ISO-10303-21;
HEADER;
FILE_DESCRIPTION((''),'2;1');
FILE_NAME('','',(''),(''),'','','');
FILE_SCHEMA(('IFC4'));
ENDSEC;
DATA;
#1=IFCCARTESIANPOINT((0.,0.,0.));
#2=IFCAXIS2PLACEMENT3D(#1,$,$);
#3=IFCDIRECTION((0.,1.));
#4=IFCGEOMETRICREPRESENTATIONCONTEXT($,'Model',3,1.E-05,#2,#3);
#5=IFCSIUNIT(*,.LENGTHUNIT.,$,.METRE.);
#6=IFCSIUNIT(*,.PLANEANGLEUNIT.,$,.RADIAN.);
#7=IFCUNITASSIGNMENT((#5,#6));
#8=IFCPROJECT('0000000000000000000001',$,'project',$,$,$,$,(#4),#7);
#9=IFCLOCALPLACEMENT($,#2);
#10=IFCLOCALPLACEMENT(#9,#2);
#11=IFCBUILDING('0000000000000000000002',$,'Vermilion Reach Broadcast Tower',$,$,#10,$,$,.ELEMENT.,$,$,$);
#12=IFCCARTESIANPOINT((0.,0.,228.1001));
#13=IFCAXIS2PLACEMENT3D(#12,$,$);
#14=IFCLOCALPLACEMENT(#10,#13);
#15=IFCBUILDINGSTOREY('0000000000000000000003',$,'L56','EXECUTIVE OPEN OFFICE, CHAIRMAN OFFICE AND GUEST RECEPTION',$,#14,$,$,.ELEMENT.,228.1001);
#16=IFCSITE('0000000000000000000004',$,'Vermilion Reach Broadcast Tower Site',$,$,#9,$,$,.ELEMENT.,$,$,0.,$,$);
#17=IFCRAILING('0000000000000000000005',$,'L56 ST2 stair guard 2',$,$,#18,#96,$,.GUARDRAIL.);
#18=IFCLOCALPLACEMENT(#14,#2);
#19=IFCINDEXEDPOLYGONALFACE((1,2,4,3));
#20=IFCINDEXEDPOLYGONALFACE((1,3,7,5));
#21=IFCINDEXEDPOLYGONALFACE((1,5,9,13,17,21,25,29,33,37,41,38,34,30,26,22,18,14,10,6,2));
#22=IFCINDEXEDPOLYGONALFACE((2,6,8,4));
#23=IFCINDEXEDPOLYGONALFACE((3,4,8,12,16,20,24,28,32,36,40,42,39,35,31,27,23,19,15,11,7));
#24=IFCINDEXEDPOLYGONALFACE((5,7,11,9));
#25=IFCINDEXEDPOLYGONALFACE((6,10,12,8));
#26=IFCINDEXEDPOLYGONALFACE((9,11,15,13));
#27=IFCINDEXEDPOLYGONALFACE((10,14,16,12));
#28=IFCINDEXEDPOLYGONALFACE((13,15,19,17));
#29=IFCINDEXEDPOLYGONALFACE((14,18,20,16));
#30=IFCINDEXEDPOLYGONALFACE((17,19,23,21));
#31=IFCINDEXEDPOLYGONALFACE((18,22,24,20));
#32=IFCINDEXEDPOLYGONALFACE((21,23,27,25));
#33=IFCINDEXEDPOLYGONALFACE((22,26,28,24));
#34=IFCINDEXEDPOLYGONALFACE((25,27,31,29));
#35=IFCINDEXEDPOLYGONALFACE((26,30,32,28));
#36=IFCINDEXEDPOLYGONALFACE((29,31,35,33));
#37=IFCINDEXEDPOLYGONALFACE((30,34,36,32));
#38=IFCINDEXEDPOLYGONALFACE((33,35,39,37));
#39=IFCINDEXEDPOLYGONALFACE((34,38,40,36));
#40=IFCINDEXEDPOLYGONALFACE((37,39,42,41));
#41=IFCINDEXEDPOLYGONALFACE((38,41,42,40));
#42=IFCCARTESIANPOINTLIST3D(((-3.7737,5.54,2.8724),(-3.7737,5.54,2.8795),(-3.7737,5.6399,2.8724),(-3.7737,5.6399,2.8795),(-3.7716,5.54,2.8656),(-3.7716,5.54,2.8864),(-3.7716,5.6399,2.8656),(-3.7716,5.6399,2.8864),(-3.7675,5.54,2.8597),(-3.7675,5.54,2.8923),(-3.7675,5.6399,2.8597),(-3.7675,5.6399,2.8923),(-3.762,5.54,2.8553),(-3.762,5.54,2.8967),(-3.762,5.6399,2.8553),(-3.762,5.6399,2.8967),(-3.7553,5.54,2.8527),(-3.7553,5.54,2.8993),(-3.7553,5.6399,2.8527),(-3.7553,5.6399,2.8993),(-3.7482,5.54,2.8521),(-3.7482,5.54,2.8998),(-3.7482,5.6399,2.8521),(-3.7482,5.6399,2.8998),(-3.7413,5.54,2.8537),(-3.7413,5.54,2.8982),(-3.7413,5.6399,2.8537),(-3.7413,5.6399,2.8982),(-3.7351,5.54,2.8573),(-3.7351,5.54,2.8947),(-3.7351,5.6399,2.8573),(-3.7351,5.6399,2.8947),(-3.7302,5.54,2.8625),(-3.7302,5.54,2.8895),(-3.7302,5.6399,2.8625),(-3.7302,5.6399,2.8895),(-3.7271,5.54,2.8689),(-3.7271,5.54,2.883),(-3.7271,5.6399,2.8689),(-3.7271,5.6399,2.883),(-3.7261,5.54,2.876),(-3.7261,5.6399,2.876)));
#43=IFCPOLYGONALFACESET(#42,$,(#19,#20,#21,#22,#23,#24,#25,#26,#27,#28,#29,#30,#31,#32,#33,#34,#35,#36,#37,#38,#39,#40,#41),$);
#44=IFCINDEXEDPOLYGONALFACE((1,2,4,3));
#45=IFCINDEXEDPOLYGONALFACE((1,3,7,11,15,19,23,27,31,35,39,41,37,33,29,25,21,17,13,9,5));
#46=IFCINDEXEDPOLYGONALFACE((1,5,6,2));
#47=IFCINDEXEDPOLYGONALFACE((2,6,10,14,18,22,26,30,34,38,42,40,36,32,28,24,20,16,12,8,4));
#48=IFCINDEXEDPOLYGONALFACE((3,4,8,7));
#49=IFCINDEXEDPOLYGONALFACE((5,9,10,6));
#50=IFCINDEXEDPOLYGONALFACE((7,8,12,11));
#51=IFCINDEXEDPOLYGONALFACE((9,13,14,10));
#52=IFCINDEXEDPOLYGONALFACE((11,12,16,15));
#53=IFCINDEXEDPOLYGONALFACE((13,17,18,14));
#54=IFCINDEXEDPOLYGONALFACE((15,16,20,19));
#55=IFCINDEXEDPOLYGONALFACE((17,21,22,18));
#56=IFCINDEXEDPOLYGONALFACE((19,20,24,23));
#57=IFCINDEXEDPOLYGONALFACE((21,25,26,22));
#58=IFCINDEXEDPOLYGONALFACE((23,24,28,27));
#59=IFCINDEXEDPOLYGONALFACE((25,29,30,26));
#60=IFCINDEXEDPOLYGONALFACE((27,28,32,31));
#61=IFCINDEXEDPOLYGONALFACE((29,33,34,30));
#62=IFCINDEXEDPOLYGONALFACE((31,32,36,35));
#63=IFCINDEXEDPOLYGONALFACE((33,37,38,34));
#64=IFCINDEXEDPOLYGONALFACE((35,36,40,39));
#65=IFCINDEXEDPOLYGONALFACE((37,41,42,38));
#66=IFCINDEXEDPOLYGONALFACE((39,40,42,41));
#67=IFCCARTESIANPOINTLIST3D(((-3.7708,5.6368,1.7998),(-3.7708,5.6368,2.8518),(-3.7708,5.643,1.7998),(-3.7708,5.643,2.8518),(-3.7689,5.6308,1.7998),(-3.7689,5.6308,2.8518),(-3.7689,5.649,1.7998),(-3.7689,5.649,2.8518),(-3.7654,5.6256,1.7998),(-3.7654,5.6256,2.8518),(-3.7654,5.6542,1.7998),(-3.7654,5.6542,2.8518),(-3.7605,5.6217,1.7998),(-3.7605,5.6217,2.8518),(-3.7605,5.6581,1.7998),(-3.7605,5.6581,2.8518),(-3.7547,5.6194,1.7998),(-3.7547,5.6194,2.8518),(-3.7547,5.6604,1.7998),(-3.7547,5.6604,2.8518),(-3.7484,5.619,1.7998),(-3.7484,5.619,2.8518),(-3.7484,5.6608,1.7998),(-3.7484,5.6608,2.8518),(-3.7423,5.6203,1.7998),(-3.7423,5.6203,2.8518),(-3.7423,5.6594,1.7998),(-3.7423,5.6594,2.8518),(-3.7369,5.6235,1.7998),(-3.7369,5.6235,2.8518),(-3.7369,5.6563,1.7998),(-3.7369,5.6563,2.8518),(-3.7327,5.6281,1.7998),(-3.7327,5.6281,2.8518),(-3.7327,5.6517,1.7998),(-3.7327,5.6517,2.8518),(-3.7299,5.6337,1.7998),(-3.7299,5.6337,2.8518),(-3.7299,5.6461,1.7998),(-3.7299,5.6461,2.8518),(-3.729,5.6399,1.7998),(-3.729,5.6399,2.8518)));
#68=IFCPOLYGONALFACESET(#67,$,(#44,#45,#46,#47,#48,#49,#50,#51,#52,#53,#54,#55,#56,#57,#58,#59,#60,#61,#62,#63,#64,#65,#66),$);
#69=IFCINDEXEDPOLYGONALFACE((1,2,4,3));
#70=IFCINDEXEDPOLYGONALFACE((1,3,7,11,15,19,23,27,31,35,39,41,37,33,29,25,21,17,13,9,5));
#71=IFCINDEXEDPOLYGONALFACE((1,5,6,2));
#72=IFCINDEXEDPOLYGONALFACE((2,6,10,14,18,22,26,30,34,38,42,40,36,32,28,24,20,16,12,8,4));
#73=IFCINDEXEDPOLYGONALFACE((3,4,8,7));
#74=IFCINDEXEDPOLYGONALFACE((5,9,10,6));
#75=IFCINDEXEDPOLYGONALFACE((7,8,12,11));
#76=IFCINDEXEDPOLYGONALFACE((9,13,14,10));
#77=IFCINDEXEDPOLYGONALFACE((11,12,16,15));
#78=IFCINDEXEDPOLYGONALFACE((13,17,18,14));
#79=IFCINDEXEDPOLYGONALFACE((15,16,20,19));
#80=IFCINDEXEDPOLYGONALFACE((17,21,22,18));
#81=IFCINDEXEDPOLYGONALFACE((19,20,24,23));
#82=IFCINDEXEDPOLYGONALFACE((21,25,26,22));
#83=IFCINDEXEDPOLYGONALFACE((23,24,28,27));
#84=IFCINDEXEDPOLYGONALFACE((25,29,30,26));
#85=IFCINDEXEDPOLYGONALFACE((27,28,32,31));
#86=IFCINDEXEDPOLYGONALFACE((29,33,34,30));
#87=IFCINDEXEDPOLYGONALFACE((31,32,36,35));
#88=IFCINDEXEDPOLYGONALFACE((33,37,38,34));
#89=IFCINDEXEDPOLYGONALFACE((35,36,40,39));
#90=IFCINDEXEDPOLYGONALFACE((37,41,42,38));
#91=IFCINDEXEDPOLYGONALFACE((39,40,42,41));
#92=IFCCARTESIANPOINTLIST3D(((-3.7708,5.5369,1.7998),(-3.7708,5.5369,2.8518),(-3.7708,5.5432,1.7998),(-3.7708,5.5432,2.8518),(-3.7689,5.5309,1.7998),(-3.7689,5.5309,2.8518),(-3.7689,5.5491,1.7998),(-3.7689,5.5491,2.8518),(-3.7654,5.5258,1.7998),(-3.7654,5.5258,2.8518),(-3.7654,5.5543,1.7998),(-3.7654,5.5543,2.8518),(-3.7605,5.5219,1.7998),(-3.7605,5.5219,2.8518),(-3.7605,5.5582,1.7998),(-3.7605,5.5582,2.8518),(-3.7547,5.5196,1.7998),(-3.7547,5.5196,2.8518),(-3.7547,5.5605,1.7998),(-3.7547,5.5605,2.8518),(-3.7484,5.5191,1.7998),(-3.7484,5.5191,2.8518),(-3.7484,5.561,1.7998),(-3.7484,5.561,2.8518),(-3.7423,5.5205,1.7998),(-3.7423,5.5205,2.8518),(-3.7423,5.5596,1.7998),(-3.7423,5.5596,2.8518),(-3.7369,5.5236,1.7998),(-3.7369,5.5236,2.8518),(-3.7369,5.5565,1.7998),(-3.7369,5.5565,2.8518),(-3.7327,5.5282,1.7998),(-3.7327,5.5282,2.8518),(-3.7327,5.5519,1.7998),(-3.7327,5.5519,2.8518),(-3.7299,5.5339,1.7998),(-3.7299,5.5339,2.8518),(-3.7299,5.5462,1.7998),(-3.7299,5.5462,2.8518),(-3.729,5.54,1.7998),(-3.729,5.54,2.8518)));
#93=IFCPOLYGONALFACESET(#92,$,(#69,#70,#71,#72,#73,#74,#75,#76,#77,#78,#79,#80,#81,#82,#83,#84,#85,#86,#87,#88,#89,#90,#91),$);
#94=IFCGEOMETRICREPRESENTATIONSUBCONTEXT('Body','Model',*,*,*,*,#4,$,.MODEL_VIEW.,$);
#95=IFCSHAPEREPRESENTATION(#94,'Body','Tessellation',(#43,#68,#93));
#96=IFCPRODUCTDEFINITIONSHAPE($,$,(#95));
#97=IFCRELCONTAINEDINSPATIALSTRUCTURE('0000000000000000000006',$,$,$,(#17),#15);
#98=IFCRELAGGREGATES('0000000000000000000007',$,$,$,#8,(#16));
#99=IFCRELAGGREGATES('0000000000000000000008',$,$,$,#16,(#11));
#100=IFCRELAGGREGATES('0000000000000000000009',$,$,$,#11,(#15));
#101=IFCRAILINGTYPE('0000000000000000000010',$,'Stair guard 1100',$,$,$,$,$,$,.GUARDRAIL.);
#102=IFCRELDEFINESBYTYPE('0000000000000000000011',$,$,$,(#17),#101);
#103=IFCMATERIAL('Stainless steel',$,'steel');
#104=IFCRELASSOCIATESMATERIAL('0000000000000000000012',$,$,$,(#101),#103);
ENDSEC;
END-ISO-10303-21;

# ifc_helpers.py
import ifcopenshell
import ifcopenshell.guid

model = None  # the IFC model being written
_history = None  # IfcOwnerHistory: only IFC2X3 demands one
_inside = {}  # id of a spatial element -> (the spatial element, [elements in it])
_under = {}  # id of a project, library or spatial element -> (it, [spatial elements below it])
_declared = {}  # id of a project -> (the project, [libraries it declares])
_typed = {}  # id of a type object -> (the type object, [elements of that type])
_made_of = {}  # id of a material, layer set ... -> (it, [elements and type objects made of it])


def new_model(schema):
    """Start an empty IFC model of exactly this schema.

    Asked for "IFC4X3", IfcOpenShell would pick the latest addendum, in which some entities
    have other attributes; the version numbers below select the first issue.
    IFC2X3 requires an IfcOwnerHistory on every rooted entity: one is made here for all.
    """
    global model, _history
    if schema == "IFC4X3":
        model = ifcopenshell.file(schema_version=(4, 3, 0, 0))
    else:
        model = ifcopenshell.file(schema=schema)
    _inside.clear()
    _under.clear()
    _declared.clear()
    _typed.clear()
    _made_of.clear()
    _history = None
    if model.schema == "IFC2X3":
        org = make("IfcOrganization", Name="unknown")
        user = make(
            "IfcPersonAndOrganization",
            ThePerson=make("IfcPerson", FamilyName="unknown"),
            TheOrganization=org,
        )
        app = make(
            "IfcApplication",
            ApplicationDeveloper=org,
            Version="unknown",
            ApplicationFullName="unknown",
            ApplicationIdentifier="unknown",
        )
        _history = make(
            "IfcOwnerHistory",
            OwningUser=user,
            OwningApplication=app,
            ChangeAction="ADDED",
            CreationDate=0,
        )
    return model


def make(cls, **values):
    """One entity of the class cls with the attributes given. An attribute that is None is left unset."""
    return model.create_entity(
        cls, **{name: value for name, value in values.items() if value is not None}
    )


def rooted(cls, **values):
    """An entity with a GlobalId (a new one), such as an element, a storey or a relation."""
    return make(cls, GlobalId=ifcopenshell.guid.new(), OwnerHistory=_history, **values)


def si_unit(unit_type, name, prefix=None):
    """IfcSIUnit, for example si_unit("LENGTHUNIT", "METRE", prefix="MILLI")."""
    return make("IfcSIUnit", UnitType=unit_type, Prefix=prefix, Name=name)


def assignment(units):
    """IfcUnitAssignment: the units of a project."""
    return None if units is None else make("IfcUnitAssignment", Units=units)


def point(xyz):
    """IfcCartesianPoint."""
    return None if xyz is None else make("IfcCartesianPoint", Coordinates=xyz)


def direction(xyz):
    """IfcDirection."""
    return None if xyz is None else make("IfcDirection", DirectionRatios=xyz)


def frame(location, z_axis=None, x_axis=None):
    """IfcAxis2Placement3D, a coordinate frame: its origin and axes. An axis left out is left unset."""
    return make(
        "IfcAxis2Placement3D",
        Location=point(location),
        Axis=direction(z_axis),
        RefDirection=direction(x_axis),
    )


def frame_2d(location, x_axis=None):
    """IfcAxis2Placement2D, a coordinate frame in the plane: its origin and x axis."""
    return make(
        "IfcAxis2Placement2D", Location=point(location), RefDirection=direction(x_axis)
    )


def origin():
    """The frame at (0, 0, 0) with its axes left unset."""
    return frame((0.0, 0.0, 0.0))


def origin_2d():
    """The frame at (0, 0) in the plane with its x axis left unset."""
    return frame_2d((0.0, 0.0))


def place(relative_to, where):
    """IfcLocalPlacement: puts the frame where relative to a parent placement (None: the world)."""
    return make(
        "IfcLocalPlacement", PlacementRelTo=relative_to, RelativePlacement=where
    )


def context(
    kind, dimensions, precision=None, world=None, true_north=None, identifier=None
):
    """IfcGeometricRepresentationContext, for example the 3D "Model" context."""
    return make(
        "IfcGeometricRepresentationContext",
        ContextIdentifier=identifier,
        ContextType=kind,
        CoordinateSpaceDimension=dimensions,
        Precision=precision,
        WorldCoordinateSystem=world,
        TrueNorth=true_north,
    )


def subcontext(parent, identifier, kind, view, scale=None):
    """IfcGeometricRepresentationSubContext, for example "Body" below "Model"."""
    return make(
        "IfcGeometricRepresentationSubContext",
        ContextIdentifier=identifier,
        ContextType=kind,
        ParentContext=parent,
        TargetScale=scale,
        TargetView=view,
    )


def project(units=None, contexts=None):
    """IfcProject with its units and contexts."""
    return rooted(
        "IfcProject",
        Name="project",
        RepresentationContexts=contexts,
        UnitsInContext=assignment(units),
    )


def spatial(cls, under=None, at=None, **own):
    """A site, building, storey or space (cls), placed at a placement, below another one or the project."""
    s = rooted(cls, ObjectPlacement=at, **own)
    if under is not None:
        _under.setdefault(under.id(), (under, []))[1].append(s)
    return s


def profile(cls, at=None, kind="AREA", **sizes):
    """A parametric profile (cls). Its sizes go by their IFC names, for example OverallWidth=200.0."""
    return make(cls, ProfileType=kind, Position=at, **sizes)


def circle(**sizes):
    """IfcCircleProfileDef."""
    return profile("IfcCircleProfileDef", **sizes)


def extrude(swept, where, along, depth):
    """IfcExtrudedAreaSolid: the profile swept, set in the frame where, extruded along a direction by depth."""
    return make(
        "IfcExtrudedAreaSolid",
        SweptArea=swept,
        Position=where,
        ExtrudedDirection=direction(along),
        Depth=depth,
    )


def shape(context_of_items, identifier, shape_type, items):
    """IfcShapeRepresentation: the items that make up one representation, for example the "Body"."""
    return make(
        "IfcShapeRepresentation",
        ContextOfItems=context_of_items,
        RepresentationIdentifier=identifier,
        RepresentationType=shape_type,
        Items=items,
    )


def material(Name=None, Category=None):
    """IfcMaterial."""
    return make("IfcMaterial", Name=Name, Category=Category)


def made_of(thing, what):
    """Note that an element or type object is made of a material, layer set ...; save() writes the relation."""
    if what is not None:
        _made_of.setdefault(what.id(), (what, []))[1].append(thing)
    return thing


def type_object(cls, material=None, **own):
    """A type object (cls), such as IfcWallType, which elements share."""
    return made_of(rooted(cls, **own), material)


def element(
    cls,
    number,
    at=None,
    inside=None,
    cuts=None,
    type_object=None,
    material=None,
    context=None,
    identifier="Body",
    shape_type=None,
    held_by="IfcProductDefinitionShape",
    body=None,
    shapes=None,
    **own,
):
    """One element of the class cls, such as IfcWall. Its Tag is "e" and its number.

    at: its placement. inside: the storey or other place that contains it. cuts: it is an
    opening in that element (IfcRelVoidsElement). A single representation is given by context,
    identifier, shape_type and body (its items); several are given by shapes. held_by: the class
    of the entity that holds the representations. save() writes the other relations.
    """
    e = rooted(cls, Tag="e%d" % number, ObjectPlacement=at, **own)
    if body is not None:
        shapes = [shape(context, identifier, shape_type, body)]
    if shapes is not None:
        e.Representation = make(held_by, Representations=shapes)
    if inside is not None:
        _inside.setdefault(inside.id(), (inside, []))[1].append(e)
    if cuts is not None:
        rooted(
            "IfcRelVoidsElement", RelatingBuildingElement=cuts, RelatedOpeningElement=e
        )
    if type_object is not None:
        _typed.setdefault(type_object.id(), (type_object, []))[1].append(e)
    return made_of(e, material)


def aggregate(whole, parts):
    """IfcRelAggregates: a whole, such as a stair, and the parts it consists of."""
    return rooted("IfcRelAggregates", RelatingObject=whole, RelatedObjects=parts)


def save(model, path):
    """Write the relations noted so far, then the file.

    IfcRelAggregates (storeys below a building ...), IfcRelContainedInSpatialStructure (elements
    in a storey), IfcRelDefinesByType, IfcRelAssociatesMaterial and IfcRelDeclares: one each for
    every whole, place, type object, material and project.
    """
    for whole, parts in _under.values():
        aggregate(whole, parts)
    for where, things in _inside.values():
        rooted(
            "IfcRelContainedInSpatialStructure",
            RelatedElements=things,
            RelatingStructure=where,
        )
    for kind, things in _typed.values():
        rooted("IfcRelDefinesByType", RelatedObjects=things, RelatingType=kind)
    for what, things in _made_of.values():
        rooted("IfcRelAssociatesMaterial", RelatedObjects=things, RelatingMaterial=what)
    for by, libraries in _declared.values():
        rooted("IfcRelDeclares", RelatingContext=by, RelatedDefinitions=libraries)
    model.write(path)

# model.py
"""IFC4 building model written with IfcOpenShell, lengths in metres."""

from ifc_helpers import new_model, si_unit, direction, frame, origin, origin_2d, place, context, subcontext, project, spatial, circle, extrude, material, type_object, element, save


model = new_model("IFC4")

# Units and contexts
model_context = context("Model", 3, precision=1e-05, world=origin(), true_north=direction((0.0, 1.0)))
body_context = subcontext(model_context, "Body", "Model", "MODEL_VIEW")
ifc_project = project(units=[si_unit("LENGTHUNIT", "METRE"), si_unit("PLANEANGLEUNIT", "RADIAN")], contexts=[model_context])

# Site, building, storey
site_placement = place(None, origin())
site = spatial("IfcSite", under=ifc_project, at=site_placement, Name="Vermilion Reach Broadcast Tower Site", CompositionType="ELEMENT", RefElevation=0.0)
building_placement = place(site_placement, origin())
building = spatial("IfcBuilding", under=site, at=building_placement, Name="Vermilion Reach Broadcast Tower", CompositionType="ELEMENT")
storey_placement = place(building_placement, frame((0.0, 0.0, 228.1001)))
storey = spatial("IfcBuildingStorey", under=building, at=storey_placement, Name="L56", Description="EXECUTIVE OPEN OFFICE, CHAIRMAN OFFICE AND GUEST RECEPTION", CompositionType="ELEMENT", Elevation=228.1001)

# Railing
ifc_material_1 = material(Name="Stainless steel", Category="steel")
railing_type_1 = type_object("IfcRailingType", Name="Stair guard 1100", PredefinedType="GUARDRAIL", material=ifc_material_1)
railing_1_placement = place(storey_placement, frame((-3.75, 5.6399, 1.7998)))
element("IfcRailing", 1, at=railing_1_placement, inside=storey, type_object=railing_type_1, Name="L56 ST2 stair guard 2", PredefinedType="GUARDRAIL", context=body_context, shape_type="SweptSolid", body=[
    extrude(circle(Radius=0.0239, at=origin_2d()), frame((0.0, 0.0, 1.0762), z_axis=(0.0, -1.0, 0.0), x_axis=(1.0, 0.0, 0.0)), (0.0, 0.0, 1.0), 0.0999),
    extrude(circle(Radius=0.021, at=origin_2d()), origin(), (0.0, 0.0, 1.0), 1.052),
    extrude(circle(Radius=0.021, at=origin_2d()), frame((0.0, -0.0999, 0.0)), (0.0, 0.0, 1.0), 1.052),
])

save(model, "model.ifc")
